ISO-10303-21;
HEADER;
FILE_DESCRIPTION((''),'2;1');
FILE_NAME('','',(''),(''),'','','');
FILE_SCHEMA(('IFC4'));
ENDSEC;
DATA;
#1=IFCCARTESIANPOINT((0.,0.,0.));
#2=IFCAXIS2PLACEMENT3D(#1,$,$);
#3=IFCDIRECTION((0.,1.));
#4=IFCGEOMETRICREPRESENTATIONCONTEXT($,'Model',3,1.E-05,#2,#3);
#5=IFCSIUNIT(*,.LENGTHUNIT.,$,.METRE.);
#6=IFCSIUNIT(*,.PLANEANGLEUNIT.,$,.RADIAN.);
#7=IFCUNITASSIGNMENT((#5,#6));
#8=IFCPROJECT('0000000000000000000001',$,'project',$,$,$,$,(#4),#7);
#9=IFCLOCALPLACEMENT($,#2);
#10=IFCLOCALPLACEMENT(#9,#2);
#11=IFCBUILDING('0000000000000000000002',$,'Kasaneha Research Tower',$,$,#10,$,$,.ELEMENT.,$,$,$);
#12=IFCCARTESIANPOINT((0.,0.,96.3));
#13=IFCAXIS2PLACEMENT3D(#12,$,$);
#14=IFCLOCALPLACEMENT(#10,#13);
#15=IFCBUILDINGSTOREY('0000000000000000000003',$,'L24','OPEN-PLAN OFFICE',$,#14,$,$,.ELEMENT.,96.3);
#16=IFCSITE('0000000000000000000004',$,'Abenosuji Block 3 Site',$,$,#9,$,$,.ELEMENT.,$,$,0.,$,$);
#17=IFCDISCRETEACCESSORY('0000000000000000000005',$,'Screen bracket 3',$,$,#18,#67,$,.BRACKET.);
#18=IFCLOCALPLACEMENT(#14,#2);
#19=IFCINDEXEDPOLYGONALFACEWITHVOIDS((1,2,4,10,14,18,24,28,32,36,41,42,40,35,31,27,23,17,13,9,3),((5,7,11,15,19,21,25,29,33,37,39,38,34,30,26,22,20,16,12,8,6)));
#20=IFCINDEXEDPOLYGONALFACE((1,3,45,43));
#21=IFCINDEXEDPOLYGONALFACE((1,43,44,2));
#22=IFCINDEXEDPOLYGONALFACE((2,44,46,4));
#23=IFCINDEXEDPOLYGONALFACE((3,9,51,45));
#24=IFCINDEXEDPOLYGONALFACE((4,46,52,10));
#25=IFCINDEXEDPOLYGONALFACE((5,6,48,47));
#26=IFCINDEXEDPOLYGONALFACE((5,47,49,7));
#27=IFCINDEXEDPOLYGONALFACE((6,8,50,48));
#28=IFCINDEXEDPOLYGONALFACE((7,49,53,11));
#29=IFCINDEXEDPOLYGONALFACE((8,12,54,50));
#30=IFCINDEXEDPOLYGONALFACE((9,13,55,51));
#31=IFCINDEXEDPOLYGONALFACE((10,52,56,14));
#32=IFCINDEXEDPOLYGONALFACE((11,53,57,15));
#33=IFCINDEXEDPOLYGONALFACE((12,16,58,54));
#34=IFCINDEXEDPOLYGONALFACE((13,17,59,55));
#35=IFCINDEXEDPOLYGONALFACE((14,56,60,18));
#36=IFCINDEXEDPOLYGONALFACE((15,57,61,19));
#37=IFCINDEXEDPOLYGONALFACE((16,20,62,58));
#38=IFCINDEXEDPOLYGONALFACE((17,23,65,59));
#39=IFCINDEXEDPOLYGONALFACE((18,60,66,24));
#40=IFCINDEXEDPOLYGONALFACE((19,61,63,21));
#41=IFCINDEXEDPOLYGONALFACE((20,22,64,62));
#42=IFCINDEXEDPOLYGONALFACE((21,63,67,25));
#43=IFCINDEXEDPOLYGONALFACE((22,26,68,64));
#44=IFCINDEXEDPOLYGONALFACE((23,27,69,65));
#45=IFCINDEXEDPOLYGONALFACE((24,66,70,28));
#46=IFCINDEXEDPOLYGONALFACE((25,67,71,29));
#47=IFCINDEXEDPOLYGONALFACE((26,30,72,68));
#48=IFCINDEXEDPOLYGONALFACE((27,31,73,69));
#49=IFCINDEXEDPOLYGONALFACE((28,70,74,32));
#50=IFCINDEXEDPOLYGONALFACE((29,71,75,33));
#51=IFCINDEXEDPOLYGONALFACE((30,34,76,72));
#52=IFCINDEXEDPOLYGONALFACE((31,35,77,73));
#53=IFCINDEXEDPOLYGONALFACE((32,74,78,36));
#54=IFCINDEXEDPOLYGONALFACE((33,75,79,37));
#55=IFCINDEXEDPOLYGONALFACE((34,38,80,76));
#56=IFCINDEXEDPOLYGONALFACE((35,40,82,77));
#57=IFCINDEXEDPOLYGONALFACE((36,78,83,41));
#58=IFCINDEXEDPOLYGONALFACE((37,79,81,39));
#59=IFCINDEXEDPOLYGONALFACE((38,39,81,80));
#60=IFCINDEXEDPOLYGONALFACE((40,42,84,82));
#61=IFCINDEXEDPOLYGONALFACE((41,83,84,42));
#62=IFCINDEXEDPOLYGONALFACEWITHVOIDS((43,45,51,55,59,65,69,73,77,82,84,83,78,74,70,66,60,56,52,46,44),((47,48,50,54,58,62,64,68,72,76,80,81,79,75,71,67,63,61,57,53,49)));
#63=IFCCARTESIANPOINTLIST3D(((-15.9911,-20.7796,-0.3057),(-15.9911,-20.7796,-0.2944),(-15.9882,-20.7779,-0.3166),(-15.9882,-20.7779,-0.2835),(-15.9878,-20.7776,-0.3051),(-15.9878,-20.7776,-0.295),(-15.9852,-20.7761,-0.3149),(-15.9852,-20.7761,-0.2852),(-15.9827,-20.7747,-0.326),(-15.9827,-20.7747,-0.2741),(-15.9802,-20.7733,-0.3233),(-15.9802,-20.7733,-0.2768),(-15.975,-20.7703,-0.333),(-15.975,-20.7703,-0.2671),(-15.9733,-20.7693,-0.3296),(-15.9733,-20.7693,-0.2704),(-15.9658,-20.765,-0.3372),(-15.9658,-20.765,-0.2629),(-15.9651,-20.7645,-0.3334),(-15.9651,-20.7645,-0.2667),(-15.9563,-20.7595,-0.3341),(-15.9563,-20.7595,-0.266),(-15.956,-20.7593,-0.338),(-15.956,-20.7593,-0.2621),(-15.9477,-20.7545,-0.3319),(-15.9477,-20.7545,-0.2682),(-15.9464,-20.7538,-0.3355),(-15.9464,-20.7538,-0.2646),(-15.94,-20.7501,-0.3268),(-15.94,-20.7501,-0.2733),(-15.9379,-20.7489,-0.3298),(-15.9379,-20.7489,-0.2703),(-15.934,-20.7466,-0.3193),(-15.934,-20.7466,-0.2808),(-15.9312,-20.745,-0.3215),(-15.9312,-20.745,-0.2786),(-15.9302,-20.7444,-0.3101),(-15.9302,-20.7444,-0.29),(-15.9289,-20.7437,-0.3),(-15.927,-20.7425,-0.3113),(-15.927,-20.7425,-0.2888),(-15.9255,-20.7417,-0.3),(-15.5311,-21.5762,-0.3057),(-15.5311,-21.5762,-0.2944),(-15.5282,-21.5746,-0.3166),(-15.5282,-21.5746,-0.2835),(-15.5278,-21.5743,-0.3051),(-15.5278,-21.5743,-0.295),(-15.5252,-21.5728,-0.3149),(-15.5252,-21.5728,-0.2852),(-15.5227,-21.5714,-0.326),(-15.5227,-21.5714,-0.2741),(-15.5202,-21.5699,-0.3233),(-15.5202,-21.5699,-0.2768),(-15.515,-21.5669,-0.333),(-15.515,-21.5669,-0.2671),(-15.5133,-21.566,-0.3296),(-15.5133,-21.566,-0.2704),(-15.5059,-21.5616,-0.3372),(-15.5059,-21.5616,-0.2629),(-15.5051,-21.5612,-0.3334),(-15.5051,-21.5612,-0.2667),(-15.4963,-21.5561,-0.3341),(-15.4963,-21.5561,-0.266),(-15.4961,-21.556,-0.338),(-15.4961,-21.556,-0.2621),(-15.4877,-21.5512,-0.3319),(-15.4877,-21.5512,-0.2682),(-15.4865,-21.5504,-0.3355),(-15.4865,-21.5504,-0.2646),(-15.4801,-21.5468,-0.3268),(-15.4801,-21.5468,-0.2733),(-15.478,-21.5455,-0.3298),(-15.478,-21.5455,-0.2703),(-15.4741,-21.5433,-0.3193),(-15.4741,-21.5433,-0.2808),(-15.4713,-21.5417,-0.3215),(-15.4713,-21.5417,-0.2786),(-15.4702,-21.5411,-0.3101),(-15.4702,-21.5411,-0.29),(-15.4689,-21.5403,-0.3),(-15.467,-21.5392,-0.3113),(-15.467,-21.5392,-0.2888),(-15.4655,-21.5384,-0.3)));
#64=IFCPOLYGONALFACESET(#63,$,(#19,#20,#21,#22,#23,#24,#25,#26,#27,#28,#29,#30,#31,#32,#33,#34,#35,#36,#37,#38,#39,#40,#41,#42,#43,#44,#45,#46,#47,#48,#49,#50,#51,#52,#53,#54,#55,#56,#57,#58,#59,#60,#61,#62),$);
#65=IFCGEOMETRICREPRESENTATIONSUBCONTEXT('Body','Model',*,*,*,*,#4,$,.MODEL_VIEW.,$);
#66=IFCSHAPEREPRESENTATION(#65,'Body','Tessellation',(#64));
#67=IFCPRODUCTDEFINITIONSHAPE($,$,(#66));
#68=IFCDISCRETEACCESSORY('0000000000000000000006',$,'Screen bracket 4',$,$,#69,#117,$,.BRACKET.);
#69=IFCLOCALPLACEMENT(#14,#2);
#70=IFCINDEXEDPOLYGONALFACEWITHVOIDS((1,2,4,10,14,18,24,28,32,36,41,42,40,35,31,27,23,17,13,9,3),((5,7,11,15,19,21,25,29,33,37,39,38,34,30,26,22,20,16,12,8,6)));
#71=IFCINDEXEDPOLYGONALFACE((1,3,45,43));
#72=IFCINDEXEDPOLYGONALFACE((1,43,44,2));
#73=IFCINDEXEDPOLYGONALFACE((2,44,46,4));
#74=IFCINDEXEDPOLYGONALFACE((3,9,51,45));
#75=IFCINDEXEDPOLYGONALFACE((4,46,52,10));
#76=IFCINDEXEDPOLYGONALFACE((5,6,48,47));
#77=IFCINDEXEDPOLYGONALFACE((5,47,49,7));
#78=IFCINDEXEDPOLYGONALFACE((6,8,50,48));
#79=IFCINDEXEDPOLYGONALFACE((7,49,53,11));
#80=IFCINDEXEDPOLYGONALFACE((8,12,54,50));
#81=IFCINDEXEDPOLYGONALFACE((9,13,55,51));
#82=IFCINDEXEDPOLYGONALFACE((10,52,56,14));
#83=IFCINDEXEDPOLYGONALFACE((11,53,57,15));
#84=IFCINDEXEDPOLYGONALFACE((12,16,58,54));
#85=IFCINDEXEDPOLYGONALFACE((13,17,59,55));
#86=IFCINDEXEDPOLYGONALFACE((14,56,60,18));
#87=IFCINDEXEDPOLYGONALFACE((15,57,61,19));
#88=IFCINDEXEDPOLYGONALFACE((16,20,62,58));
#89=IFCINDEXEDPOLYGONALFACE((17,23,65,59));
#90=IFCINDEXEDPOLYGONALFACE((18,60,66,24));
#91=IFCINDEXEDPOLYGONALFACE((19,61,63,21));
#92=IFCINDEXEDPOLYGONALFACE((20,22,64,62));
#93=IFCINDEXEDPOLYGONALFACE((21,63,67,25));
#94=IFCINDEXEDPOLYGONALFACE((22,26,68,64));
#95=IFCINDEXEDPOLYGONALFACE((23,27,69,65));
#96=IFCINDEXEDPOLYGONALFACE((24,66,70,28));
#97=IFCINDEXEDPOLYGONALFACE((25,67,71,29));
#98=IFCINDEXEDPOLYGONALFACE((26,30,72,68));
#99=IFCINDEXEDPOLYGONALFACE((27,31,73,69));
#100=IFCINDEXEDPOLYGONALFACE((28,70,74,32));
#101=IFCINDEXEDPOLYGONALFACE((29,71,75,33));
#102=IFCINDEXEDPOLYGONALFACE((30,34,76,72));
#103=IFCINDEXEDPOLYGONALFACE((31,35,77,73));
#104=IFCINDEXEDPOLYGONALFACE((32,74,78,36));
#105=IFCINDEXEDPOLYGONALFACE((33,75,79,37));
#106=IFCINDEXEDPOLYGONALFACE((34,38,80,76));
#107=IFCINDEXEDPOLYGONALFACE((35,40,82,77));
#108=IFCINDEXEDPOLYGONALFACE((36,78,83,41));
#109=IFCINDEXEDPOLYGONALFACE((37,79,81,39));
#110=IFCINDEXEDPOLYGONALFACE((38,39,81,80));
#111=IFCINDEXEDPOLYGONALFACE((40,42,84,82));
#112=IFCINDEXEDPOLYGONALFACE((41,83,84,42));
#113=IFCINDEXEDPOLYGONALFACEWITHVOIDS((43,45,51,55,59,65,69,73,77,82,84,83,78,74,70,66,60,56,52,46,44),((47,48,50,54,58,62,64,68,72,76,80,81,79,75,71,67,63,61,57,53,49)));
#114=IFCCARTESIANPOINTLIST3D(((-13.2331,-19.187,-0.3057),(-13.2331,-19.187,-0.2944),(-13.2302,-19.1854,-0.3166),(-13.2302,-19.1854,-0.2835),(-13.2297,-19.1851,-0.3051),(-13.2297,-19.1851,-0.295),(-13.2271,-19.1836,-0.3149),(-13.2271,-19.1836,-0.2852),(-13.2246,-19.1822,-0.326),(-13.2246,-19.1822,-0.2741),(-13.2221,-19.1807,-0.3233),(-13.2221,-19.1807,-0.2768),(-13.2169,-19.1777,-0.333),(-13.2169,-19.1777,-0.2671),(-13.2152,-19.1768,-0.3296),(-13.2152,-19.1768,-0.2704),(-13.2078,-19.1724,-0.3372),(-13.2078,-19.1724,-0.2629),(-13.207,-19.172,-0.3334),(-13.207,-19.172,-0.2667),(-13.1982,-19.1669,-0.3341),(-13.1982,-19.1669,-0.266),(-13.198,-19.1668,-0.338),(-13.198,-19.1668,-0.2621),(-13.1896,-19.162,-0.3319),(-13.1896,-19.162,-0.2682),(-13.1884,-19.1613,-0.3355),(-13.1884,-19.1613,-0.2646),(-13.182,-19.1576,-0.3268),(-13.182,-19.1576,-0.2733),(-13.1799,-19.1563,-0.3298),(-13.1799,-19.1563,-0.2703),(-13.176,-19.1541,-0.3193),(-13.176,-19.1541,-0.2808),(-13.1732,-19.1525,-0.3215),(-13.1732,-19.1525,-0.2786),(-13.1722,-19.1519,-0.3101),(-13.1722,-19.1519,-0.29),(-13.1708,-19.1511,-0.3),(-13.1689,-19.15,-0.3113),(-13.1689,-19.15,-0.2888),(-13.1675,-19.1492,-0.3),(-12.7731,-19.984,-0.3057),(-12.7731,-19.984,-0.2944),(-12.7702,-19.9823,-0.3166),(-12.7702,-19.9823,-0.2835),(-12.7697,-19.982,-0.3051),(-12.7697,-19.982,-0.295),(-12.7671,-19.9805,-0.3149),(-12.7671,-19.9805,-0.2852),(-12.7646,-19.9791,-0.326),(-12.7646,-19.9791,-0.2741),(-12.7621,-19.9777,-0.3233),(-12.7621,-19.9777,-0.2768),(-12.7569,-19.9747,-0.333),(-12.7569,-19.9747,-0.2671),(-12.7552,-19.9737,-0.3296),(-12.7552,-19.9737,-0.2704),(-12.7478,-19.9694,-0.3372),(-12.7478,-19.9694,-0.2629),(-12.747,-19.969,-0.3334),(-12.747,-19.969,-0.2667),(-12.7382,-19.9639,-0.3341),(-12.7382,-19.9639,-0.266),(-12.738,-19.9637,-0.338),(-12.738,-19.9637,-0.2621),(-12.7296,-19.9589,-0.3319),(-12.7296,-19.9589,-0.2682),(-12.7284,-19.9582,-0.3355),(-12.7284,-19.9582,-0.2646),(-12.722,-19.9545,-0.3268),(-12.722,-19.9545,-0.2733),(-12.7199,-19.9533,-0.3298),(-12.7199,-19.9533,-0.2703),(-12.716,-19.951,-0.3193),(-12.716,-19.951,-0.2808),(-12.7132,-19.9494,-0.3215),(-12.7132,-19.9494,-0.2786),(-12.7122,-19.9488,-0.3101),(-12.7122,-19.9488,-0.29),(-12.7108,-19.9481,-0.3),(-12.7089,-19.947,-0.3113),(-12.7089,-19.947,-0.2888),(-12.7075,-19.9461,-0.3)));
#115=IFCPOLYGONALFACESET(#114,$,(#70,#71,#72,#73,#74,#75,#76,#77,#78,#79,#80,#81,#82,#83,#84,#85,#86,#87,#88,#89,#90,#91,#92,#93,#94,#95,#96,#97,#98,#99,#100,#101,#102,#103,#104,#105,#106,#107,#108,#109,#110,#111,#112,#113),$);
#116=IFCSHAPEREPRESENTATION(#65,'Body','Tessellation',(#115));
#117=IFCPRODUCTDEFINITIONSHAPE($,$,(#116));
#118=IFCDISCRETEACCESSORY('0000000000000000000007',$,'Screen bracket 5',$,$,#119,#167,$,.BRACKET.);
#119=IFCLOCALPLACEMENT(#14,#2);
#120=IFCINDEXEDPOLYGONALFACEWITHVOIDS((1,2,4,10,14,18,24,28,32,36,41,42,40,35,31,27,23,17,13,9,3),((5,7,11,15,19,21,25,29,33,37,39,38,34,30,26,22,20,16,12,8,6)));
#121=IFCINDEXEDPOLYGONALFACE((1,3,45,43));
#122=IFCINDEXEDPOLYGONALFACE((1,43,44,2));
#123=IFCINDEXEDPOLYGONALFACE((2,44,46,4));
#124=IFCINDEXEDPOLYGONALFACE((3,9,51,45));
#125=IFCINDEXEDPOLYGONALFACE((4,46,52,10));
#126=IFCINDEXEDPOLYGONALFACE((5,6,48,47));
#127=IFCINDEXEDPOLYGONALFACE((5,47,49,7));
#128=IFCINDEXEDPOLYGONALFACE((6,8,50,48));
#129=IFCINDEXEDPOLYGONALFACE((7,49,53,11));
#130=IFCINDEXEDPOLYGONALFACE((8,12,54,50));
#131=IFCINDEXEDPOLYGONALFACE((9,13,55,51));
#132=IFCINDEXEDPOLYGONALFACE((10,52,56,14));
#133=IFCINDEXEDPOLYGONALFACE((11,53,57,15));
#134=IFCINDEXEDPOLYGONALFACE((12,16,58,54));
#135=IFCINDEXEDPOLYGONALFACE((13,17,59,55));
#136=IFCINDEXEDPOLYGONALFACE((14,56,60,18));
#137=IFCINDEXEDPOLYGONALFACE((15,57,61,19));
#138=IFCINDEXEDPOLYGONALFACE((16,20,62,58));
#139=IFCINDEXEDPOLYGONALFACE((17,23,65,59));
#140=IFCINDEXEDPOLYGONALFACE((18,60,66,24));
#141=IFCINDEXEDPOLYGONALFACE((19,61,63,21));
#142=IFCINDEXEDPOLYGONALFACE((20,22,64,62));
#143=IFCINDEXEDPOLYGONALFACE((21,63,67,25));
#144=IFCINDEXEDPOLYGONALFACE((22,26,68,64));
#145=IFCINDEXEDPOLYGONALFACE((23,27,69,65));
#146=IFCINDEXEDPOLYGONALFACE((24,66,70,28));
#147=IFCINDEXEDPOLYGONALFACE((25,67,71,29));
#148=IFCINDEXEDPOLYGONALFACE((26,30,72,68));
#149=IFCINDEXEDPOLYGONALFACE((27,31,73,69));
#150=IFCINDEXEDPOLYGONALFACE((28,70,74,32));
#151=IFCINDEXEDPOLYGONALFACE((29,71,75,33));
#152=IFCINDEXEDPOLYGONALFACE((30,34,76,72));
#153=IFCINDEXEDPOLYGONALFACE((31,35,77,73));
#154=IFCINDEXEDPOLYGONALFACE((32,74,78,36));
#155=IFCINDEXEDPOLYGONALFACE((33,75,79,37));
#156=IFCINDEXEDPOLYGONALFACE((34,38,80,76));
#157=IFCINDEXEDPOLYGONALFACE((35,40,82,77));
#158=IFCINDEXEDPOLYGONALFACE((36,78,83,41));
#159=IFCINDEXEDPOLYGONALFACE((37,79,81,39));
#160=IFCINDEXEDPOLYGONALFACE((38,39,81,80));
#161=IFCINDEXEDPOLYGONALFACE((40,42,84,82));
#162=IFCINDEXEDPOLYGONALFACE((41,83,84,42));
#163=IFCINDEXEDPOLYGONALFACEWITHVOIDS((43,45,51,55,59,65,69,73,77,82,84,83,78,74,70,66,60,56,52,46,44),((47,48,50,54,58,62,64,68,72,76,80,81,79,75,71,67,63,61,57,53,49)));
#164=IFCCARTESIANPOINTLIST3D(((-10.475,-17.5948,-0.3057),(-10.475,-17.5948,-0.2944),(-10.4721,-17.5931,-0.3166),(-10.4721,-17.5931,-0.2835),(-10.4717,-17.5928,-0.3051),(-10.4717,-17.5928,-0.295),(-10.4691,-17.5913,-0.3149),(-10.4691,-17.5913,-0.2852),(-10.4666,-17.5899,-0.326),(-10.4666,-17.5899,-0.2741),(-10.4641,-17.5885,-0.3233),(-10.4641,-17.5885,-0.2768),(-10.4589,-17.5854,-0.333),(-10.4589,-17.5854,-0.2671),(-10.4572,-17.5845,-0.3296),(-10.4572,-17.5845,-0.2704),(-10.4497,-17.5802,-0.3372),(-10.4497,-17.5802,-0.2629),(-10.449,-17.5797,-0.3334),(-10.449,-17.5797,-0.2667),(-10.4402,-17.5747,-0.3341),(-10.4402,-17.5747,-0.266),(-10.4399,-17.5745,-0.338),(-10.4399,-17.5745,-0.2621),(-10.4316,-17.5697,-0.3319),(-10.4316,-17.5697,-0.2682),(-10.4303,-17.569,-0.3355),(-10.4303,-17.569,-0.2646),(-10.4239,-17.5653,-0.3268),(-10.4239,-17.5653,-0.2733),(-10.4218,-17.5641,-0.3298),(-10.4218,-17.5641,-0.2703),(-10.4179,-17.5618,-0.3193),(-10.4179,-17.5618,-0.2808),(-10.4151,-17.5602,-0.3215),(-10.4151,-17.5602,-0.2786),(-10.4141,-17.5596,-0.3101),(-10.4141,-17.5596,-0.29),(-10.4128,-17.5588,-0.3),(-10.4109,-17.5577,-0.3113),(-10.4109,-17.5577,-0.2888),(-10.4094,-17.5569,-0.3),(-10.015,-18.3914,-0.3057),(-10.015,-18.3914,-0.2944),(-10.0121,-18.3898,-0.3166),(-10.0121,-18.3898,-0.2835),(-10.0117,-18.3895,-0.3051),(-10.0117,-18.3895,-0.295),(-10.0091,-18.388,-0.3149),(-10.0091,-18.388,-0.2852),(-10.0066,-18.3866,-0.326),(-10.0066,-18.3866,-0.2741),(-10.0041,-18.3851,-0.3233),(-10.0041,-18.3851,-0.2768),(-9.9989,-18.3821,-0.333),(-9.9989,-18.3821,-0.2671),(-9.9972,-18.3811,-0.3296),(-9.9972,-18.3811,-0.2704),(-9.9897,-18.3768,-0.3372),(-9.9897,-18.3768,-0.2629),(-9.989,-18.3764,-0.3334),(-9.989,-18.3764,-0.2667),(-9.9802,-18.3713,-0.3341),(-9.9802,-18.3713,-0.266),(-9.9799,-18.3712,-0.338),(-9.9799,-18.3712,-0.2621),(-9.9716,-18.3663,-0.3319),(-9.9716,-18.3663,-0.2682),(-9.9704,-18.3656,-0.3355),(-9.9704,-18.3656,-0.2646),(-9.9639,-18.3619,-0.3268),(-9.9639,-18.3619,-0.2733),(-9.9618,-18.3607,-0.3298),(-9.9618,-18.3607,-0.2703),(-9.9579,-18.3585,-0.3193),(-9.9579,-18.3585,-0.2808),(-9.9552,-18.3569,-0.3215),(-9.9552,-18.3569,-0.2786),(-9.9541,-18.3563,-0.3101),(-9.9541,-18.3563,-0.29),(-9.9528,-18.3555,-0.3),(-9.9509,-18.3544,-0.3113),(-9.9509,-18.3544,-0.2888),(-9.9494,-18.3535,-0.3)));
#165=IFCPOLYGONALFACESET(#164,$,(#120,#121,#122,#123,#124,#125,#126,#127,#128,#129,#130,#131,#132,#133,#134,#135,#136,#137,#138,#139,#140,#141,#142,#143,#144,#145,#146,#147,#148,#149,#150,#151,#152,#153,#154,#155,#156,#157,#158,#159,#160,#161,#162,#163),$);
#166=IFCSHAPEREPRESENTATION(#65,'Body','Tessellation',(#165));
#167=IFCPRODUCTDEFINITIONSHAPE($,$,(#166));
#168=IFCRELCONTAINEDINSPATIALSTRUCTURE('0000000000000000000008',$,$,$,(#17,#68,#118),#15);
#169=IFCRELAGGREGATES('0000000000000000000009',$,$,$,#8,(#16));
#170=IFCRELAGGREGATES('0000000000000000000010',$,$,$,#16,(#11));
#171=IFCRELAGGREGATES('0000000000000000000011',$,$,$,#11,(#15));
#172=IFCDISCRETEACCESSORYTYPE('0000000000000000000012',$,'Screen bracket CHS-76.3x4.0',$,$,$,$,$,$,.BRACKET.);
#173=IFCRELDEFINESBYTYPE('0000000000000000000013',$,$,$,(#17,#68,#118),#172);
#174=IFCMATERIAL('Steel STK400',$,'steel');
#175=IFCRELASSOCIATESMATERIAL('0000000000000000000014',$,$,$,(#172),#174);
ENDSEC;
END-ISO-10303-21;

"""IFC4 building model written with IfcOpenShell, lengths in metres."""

from ifc_helpers import new_model, si_unit, direction, frame, origin, origin_2d, place, context, subcontext, project, spatial, hollow_circle, extrude, material, material_profile, profile_set, type_object, element, save


model = new_model("IFC4")

# Units and contexts
model_context = context("Model", 3, precision=1e-05, world=origin(), true_north=direction((0.0, 1.0)))
body_context = subcontext(model_context, "Body", "Model", "MODEL_VIEW")
ifc_project = project(units=[si_unit("LENGTHUNIT", "METRE"), si_unit("PLANEANGLEUNIT", "RADIAN")], contexts=[model_context])

# Site, building, storey
site_placement = place(None, origin())
site = spatial("IfcSite", under=ifc_project, at=site_placement, Name="Abenosuji Block 3 Site", CompositionType="ELEMENT", RefElevation=0.0)
building_placement = place(site_placement, origin())
building = spatial("IfcBuilding", under=site, at=building_placement, Name="Kasaneha Research Tower", CompositionType="ELEMENT")
storey_placement = place(building_placement, frame((0.0, 0.0, 96.3)))
storey = spatial("IfcBuildingStorey", under=building, at=storey_placement, Name="L24", Description="OPEN-PLAN OFFICE", CompositionType="ELEMENT", Elevation=96.3)

# Discrete accessories
ifc_material_1 = material(Name="Steel STK400", Category="steel")
ifc_material_profile_1 = material_profile(ifc_material_1, hollow_circle(Radius=0.0381, WallThickness=0.0039, at=origin_2d()), Name="CHS-76.3x4.0")
ifc_profile_set_1 = profile_set([ifc_material_profile_1], Name="Steel STK400")
discrete_accessory_type = type_object("IfcDiscreteAccessoryType", Name="Screen bracket CHS-76.3x4.0", PredefinedType="BRACKET", material=ifc_profile_set_1)
discrete_accessory_1_placement = place(storey_placement, frame((-15.9585, -20.7607, -0.3), z_axis=(0.500021, -0.866013, 0.0), x_axis=(0.866013, 0.500021, 0.0)))
element("IfcDiscreteAccessory", 1, at=discrete_accessory_1_placement, inside=storey, type_object=discrete_accessory_type, Name="Screen bracket 3", PredefinedType="BRACKET", context=body_context, shape_type="SweptSolid", body=[
    extrude(hollow_circle(Radius=0.0381, WallThickness=0.0039, at=origin_2d()), origin(), (0.0, 0.0, 1.0), 0.9199),
])
discrete_accessory_2_placement = place(storey_placement, frame((-13.2004, -19.1682, -0.3), z_axis=(0.499906, -0.86608, 0.0), x_axis=(0.86608, 0.499906, 0.0)))
element("IfcDiscreteAccessory", 2, at=discrete_accessory_2_placement, inside=storey, type_object=discrete_accessory_type, Name="Screen bracket 4", PredefinedType="BRACKET", context=body_context, shape_type="SweptSolid", body=[
    extrude(hollow_circle(Radius=0.0381, WallThickness=0.0039, at=origin_2d()), origin(), (0.0, 0.0, 1.0), 0.9202),
])
discrete_accessory_3_placement = place(storey_placement, frame((-10.4424, -17.5759, -0.3), z_axis=(0.500021, -0.866013, 0.0), x_axis=(0.866013, 0.500021, 0.0)))
element("IfcDiscreteAccessory", 3, at=discrete_accessory_3_placement, inside=storey, type_object=discrete_accessory_type, Name="Screen bracket 5", PredefinedType="BRACKET", context=body_context, shape_type="SweptSolid", body=[
    extrude(hollow_circle(Radius=0.0381, WallThickness=0.0039, at=origin_2d()), origin(), (0.0, 0.0, 1.0), 0.9199),
])

save(model, "model.ifc")
